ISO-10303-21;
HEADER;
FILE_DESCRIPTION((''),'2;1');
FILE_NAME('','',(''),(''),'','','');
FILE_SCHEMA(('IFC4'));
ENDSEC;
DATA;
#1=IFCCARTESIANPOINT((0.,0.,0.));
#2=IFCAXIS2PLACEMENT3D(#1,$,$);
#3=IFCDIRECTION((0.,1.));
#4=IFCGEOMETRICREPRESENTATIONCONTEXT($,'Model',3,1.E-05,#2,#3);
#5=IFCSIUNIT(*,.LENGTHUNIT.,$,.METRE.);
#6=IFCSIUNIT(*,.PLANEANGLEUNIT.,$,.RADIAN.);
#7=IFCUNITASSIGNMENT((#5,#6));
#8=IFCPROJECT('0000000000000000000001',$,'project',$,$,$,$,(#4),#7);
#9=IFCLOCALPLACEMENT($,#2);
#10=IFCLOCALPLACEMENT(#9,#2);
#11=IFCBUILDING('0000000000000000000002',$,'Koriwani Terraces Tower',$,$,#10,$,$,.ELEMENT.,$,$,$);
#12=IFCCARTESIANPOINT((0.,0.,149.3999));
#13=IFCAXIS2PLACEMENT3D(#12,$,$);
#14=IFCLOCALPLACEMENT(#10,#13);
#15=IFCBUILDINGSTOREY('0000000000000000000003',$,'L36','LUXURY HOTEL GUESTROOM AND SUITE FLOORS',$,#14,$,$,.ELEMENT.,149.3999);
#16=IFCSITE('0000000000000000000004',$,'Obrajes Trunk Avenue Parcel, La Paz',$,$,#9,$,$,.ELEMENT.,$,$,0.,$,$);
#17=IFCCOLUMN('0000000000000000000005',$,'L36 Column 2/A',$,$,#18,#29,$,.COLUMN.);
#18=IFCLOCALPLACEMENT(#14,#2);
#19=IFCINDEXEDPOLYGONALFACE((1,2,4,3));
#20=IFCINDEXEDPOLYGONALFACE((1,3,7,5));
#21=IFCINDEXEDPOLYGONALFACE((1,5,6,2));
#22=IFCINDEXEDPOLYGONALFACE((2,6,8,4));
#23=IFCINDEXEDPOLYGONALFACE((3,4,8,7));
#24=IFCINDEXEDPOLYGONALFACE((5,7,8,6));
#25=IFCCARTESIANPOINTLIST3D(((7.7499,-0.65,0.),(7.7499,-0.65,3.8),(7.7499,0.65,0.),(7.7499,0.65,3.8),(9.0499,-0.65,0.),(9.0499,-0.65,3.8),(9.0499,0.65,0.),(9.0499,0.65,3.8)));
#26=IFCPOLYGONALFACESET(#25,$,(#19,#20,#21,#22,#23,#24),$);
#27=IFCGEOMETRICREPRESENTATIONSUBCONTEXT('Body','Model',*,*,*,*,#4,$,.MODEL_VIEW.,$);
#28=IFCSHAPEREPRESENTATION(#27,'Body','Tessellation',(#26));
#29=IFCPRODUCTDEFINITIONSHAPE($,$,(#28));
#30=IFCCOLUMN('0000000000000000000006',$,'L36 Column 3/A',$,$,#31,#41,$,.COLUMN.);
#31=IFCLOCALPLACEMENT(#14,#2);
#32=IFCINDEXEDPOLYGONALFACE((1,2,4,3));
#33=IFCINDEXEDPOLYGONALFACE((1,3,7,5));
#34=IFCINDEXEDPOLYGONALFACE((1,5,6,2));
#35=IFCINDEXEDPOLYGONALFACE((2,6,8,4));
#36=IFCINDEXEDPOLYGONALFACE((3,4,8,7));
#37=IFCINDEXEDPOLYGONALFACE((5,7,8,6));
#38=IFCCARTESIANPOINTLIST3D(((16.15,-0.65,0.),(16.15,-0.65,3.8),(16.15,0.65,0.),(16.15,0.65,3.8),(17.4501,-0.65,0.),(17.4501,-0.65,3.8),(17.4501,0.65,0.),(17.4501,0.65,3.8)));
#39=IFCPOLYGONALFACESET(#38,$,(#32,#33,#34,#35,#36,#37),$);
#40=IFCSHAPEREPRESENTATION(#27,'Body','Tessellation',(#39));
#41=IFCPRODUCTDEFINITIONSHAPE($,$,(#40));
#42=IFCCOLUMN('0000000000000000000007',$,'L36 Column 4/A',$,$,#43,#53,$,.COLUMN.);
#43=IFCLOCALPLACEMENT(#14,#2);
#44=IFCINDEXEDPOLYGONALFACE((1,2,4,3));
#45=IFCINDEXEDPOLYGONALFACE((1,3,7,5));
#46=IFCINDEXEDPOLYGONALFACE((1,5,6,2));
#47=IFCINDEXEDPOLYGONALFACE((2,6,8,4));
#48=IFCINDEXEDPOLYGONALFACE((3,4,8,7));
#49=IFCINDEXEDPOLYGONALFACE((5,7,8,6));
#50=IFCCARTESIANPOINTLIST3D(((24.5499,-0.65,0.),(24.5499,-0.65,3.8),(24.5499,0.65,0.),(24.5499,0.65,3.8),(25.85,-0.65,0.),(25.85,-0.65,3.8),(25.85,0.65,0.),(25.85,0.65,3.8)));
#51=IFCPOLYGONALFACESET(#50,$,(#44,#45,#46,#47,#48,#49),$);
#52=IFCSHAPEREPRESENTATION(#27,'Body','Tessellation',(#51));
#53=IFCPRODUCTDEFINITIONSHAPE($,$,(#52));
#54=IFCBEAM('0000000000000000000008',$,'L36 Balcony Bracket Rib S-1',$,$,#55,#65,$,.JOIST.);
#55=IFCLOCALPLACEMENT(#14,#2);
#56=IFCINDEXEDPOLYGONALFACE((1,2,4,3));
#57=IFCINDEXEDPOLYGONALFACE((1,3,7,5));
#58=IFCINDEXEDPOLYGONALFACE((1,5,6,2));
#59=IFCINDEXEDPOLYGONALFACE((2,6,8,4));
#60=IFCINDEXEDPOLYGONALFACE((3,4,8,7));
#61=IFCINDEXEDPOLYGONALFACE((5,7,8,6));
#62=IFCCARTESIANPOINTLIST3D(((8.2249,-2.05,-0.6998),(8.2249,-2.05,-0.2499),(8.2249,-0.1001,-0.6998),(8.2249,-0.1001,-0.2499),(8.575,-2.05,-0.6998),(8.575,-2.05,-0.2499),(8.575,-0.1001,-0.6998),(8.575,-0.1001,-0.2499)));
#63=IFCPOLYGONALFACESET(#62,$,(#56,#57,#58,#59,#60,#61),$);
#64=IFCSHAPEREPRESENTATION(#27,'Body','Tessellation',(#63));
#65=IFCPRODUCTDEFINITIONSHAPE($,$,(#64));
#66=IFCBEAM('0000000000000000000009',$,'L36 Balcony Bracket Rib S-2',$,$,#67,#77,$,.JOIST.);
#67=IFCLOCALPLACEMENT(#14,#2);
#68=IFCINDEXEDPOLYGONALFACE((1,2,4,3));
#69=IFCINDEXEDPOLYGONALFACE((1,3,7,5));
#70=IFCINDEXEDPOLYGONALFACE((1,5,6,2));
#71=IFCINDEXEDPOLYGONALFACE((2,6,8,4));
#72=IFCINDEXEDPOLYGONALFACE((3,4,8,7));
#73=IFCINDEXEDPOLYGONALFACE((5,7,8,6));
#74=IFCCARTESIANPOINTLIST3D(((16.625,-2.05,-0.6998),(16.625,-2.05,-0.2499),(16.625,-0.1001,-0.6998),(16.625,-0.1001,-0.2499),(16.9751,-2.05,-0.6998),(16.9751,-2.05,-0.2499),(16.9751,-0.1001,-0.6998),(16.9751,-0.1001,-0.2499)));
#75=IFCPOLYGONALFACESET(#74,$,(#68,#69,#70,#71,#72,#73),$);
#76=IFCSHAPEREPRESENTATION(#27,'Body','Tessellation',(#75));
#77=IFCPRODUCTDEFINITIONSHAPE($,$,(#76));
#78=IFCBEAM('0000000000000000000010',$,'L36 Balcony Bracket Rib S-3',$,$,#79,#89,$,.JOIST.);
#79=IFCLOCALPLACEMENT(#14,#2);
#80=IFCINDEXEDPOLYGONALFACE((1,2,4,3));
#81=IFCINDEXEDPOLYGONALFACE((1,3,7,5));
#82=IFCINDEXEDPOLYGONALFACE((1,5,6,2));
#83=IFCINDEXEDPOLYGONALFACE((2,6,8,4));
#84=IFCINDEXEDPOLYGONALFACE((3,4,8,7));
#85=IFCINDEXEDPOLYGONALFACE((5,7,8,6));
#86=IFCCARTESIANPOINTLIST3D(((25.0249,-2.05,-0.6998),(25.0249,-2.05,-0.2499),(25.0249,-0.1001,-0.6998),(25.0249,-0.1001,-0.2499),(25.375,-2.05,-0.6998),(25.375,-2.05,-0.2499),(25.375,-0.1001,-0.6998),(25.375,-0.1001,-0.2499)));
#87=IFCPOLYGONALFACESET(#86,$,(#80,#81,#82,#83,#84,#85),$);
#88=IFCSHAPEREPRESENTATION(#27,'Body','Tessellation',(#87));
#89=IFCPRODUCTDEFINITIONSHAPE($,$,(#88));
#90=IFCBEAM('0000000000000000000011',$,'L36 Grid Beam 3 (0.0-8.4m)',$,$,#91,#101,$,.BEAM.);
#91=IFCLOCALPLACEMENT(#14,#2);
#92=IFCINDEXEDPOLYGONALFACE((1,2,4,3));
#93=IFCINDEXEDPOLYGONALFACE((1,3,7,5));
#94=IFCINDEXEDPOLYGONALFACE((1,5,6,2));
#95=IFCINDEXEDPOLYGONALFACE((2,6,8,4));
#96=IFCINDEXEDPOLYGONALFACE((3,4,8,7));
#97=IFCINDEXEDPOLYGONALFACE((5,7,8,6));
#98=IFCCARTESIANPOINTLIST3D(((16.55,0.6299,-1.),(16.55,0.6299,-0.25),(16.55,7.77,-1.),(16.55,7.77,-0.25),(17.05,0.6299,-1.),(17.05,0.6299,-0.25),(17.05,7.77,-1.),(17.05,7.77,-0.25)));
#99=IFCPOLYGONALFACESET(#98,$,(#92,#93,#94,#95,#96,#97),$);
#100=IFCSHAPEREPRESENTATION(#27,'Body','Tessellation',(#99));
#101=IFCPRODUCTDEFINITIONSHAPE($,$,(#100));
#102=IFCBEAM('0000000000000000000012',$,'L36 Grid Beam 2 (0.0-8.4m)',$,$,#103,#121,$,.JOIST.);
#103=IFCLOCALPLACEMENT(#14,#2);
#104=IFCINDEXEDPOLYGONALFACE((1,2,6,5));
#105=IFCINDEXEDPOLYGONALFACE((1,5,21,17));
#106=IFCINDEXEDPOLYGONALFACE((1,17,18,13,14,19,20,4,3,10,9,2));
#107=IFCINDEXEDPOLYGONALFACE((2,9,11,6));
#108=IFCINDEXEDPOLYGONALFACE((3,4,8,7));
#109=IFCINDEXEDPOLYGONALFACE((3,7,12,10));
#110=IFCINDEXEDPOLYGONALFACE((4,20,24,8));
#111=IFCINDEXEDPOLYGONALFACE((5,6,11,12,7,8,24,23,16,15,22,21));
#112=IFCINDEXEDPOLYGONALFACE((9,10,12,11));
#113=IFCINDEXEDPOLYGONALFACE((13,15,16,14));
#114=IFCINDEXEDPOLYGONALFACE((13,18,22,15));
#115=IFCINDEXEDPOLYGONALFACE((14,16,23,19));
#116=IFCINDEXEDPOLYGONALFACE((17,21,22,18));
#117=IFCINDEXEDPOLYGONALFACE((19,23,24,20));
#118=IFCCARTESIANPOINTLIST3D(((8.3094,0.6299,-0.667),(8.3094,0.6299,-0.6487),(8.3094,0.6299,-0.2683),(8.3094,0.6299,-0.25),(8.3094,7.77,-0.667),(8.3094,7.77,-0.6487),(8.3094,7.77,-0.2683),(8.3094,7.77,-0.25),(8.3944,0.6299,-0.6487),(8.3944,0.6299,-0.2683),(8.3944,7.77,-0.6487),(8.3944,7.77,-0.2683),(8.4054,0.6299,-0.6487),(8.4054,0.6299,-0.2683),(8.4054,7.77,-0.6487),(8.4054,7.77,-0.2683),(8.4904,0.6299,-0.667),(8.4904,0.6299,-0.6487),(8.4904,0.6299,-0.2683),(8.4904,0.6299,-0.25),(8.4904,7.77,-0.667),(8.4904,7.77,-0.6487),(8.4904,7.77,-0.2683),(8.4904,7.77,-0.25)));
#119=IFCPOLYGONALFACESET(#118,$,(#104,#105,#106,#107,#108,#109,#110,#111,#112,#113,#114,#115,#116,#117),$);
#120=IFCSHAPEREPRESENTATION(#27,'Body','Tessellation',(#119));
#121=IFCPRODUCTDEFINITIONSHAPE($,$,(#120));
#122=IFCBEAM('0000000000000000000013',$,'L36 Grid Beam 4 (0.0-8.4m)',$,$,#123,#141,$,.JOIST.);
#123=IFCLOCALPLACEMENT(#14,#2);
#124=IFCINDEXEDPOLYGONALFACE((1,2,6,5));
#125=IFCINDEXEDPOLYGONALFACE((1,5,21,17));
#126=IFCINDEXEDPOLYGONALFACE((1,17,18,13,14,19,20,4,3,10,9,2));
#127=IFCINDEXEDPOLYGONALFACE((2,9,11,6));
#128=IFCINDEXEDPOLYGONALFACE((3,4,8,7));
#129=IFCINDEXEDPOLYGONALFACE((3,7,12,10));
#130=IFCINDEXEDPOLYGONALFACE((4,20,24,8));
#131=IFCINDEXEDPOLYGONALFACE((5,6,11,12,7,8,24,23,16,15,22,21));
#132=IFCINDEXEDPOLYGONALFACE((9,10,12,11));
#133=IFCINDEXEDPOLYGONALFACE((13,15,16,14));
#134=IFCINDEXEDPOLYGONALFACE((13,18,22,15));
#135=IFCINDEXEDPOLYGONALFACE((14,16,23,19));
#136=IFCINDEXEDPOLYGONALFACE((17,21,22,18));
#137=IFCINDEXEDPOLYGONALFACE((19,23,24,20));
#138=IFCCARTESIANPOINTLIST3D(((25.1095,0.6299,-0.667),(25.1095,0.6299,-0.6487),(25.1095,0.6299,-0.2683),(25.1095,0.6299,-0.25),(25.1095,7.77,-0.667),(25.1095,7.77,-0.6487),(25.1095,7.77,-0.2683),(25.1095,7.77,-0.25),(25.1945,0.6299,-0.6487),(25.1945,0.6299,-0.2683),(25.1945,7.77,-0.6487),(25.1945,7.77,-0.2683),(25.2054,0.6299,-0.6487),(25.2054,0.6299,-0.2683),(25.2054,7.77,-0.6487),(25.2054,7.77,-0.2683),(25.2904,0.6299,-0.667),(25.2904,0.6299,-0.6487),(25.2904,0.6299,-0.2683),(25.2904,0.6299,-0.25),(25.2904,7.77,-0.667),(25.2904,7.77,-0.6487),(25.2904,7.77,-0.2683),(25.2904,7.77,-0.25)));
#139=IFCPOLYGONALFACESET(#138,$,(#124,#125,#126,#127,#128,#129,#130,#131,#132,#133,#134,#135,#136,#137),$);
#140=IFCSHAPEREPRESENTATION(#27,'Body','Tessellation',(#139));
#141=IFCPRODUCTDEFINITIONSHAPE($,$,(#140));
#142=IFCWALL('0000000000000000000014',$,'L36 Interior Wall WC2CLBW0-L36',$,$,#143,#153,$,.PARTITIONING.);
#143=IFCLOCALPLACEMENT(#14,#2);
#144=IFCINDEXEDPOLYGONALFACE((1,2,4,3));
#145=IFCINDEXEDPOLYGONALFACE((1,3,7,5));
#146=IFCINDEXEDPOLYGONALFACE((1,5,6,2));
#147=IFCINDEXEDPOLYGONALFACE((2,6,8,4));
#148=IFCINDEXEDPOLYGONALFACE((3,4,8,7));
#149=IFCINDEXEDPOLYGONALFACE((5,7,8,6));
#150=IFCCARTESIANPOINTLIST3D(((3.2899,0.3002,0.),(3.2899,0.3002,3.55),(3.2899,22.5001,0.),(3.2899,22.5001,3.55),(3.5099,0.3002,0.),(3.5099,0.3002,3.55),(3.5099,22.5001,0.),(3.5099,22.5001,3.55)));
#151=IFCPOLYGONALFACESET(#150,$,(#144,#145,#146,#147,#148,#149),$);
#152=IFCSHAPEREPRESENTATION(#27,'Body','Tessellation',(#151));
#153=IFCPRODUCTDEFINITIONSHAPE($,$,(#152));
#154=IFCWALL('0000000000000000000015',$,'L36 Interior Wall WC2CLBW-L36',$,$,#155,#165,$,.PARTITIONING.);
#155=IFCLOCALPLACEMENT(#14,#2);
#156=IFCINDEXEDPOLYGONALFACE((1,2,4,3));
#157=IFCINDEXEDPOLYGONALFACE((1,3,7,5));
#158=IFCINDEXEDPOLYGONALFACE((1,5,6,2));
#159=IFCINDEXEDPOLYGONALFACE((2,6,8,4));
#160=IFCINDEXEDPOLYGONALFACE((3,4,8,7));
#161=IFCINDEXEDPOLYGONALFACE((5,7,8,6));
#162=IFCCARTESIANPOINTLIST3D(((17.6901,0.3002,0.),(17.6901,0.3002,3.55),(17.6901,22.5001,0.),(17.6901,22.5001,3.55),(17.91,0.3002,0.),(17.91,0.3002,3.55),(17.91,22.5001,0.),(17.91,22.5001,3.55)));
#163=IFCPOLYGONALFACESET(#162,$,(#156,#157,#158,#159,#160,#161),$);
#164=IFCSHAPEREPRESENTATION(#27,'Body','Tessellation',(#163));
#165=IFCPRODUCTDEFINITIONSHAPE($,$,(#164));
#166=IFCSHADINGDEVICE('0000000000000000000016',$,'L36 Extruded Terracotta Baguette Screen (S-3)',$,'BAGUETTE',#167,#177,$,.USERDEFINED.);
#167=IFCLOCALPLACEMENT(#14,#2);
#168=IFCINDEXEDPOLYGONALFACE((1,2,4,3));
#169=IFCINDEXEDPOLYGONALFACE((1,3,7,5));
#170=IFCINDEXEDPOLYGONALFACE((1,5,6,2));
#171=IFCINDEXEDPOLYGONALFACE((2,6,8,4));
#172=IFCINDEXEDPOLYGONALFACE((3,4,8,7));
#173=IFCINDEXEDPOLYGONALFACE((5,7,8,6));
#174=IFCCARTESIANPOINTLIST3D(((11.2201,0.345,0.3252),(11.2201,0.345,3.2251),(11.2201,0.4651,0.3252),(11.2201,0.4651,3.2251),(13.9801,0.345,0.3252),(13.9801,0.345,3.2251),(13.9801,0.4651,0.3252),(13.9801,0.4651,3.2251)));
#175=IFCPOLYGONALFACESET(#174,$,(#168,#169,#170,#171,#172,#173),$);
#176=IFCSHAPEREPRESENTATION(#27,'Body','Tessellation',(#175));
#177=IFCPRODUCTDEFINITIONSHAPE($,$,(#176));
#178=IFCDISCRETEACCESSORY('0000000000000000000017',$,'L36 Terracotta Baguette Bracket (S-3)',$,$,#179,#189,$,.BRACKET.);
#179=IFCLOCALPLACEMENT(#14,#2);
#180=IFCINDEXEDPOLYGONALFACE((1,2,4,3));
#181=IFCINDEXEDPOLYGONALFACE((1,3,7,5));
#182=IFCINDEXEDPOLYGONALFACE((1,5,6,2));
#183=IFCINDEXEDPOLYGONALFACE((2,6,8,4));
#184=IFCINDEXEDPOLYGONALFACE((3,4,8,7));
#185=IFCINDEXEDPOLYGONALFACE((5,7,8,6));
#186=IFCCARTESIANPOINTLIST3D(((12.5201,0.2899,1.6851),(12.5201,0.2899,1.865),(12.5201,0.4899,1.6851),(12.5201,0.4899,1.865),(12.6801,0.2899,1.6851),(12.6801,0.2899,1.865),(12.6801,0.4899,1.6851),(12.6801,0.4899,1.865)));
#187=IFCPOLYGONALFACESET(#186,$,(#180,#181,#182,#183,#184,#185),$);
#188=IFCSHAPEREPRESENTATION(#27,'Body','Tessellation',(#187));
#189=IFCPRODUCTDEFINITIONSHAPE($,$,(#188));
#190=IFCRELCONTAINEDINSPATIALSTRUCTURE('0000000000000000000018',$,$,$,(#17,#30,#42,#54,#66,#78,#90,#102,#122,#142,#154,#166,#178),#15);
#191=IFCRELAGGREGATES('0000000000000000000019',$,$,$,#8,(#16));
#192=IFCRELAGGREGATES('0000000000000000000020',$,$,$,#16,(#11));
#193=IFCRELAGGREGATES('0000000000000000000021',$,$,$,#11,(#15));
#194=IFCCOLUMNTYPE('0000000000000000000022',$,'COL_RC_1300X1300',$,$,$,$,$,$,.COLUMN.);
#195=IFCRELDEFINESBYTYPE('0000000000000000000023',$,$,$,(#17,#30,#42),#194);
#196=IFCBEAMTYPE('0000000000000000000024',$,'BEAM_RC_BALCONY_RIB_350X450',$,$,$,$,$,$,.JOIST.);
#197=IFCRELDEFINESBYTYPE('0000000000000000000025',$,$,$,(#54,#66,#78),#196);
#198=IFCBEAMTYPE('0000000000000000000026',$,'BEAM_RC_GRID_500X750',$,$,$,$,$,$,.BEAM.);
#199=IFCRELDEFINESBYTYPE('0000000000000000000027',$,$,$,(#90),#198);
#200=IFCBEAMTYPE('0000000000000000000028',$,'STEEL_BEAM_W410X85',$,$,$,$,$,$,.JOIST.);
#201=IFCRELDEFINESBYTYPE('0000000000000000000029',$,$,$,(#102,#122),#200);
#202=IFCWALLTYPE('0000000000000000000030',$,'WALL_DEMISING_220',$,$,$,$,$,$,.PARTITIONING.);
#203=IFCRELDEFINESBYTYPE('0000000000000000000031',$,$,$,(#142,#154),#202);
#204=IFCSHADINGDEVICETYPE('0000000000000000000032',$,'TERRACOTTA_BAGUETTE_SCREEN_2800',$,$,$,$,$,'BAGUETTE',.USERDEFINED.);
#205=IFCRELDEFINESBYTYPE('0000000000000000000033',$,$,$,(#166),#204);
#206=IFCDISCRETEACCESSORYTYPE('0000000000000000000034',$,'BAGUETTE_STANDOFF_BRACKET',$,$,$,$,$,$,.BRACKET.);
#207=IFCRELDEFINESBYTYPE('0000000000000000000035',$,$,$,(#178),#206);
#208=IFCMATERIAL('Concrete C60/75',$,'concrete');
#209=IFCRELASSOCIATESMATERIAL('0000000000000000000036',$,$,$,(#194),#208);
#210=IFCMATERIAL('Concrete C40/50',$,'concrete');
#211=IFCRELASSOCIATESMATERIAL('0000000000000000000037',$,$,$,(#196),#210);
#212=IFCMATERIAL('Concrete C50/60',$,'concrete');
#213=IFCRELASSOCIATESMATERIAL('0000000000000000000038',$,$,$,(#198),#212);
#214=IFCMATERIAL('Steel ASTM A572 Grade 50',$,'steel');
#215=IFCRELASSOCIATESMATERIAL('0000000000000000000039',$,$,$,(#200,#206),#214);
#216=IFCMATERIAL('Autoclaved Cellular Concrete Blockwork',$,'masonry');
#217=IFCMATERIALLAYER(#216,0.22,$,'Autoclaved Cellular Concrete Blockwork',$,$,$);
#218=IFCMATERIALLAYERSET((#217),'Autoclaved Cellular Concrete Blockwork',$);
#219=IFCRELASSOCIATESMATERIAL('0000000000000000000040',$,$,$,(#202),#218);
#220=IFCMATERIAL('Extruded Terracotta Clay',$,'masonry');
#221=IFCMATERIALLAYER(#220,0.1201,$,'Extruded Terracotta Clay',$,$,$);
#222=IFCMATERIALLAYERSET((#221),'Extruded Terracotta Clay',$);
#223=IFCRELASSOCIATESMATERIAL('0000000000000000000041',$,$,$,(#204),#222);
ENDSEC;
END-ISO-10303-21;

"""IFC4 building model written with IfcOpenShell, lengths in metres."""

from ifc_helpers import new_model, si_unit, direction, frame, frame_2d, origin, origin_2d, place, context, subcontext, project, spatial, rectangle, i_section, extrude, material, layer, layer_set, material_profile, profile_set, type_object, element, save


model = new_model("IFC4")

# Units and contexts
model_context = context("Model", 3, precision=1e-05, world=origin(), true_north=direction((0.0, 1.0)))
body_context = subcontext(model_context, "Body", "Model", "MODEL_VIEW")
ifc_project = project(units=[si_unit("LENGTHUNIT", "METRE"), si_unit("PLANEANGLEUNIT", "RADIAN")], contexts=[model_context])

# Site, building, storey
site_placement = place(None, origin())
site = spatial("IfcSite", under=ifc_project, at=site_placement, Name="Obrajes Trunk Avenue Parcel, La Paz", CompositionType="ELEMENT", RefElevation=0.0)
building_placement = place(site_placement, origin())
building = spatial("IfcBuilding", under=site, at=building_placement, Name="Koriwani Terraces Tower", CompositionType="ELEMENT")
storey_placement = place(building_placement, frame((0.0, 0.0, 149.3999)))
storey = spatial("IfcBuildingStorey", under=building, at=storey_placement, Name="L36", Description="LUXURY HOTEL GUESTROOM AND SUITE FLOORS", CompositionType="ELEMENT", Elevation=149.3999)

# Columns
ifc_material_1 = material(Name="Concrete C60/75", Category="concrete")
ifc_material_profile_1 = material_profile(ifc_material_1, rectangle(XDim=1.3, YDim=1.3, at=origin_2d()), Name="Concrete C60/75", Category="LoadBearing")
ifc_profile_set_1 = profile_set([ifc_material_profile_1], Name="Concrete C60/75")
column_type = type_object("IfcColumnType", Name="COL_RC_1300X1300", PredefinedType="COLUMN", material=ifc_profile_set_1)
for number, where, z_axis, x_axis, name in (
    (1, (8.3999, 0.0, 0.0), (0.0, 0.0, 1.0), (1.0, 0.0, 0.0), "L36 Column 2/A"),
    (2, (16.8, 0.0, 0.0), (0.0, 0.0, 1.0), (1.0, 0.0, 0.0), "L36 Column 3/A"),
    (3, (25.2, 0.0, 0.0), (0.0, 0.0, 1.0), (1.0, 0.0, 0.0), "L36 Column 4/A"),
):
    element("IfcColumn", number, at=place(storey_placement, frame(where, z_axis=z_axis, x_axis=x_axis)), inside=storey, type_object=column_type, Name=name, PredefinedType="COLUMN", context=body_context, shape_type="SweptSolid", body=[
        extrude(rectangle(XDim=1.3, YDim=1.3, at=origin_2d()), origin(), (0.0, 0.0, 1.0), 3.8),
    ])

# Beams
ifc_material_2 = material(Name="Concrete C40/50", Category="concrete")
ifc_material_profile_2 = material_profile(ifc_material_2, rectangle(XDim=0.3501, YDim=0.45, at=origin_2d()), Name="Concrete C40/50", Category="LoadBearing")
ifc_profile_set_2 = profile_set([ifc_material_profile_2], Name="Concrete C40/50")
beam_type_1 = type_object("IfcBeamType", Name="BEAM_RC_BALCONY_RIB_350X450", PredefinedType="JOIST", material=ifc_profile_set_2)
for number, where, z_axis, x_axis, name in (
    (4, (8.3999, -2.05, -0.4749), (0.0, 1.0, 0.0), (-1.0, 0.0, 0.0), "L36 Balcony Bracket Rib S-1"),
    (5, (16.8, -2.05, -0.4749), (0.0, 1.0, 0.0), (-1.0, 0.0, 0.0), "L36 Balcony Bracket Rib S-2"),
    (6, (25.2, -2.05, -0.4749), (0.0, 1.0, 0.0), (-1.0, 0.0, 0.0), "L36 Balcony Bracket Rib S-3"),
):
    element("IfcBeam", number, at=place(storey_placement, frame(where, z_axis=z_axis, x_axis=x_axis)), inside=storey, type_object=beam_type_1, Name=name, PredefinedType="JOIST", context=body_context, shape_type="SweptSolid", body=[
        extrude(rectangle(XDim=0.3501, YDim=0.45, at=origin_2d()), origin(), (0.0, 0.0, 1.0), 1.95),
    ])
ifc_material_3 = material(Name="Concrete C50/60", Category="concrete")
ifc_material_profile_3 = material_profile(ifc_material_3, rectangle(XDim=0.5, YDim=0.75, at=origin_2d()), Name="Concrete C50/60", Category="LoadBearing")
ifc_profile_set_3 = profile_set([ifc_material_profile_3], Name="Concrete C50/60")
beam_type_2 = type_object("IfcBeamType", Name="BEAM_RC_GRID_500X750", PredefinedType="BEAM", material=ifc_profile_set_3)
beam_placement = place(storey_placement, frame((16.8, 0.6299, -0.625), z_axis=(0.0, 1.0, 0.0), x_axis=(-1.0, 0.0, 0.0)))
element("IfcBeam", 7, at=beam_placement, inside=storey, type_object=beam_type_2, Name="L36 Grid Beam 3 (0.0-8.4m)", PredefinedType="BEAM", context=body_context, shape_type="SweptSolid", body=[
    extrude(rectangle(XDim=0.5, YDim=0.75, at=origin_2d()), origin(), (0.0, 0.0, 1.0), 7.1401),
])
ifc_material_4 = material(Name="Steel ASTM A572 Grade 50", Category="steel")
ifc_material_profile_4 = material_profile(ifc_material_4, i_section(OverallWidth=0.1809, OverallDepth=0.417, WebThickness=0.011, FlangeThickness=0.0183, at=origin_2d()), Name="Steel ASTM A572 Grade 50", Category="LoadBearing")
ifc_profile_set_4 = profile_set([ifc_material_profile_4], Name="Steel ASTM A572 Grade 50")
beam_type_3 = type_object("IfcBeamType", Name="STEEL_BEAM_W410X85", PredefinedType="JOIST", material=ifc_profile_set_4)
for number, where, z_axis, x_axis, name in (
    (8, (8.3999, 0.6299, -0.4585), (0.0, 1.0, 0.0), (-1.0, 0.0, 0.0), "L36 Grid Beam 2 (0.0-8.4m)"),
    (9, (25.2, 0.6299, -0.4585), (0.0, 1.0, 0.0), (-1.0, 0.0, 0.0), "L36 Grid Beam 4 (0.0-8.4m)"),
):
    element("IfcBeam", number, at=place(storey_placement, frame(where, z_axis=z_axis, x_axis=x_axis)), inside=storey, type_object=beam_type_3, Name=name, PredefinedType="JOIST", context=body_context, shape_type="SweptSolid", body=[
        extrude(i_section(OverallWidth=0.1809, OverallDepth=0.417, WebThickness=0.011, FlangeThickness=0.0183, at=origin_2d()), origin(), (0.0, 0.0, 1.0), 7.1401),
    ])

# Walls
ifc_material_5 = material(Name="Autoclaved Cellular Concrete Blockwork", Category="masonry")
ifc_layer_1 = layer(ifc_material_5, 0.22, Name="Autoclaved Cellular Concrete Blockwork")
ifc_layer_set_1 = layer_set([ifc_layer_1], Name="Autoclaved Cellular Concrete Blockwork")
wall_type = type_object("IfcWallType", Name="WALL_DEMISING_220", PredefinedType="PARTITIONING", material=ifc_layer_set_1)
for number, where, z_axis, x_axis, name in (
    (10, (3.3999, 0.3, 0.0), (0.0, 0.0, 1.0), (0.0, 1.0, 0.0), "L36 Interior Wall WC2CLBW0-L36"),
    (11, (17.8, 0.3, 0.0), (0.0, 0.0, 1.0), (0.0, 1.0, 0.0), "L36 Interior Wall WC2CLBW-L36"),
):
    element("IfcWall", number, at=place(storey_placement, frame(where, z_axis=z_axis, x_axis=x_axis)), inside=storey, type_object=wall_type, Name=name, PredefinedType="PARTITIONING", context=body_context, shape_type="SweptSolid", body=[
        extrude(rectangle(XDim=22.2, YDim=0.22, at=frame_2d((11.1001, 0.0))), origin(), (0.0, 0.0, 1.0), 3.55),
    ])

# Shading device
ifc_material_6 = material(Name="Extruded Terracotta Clay", Category="masonry")
ifc_layer_2 = layer(ifc_material_6, 0.1201, Name="Extruded Terracotta Clay")
ifc_layer_set_2 = layer_set([ifc_layer_2], Name="Extruded Terracotta Clay")
shading_device_type = type_object("IfcShadingDeviceType", Name="TERRACOTTA_BAGUETTE_SCREEN_2800", ElementType="BAGUETTE", PredefinedType="USERDEFINED", material=ifc_layer_set_2)
shading_device_placement = place(storey_placement, frame((12.6001, 0.405, 0.3252), z_axis=(0.0, 0.0, 1.0), x_axis=(-1.0, 0.0, 0.0)))
element("IfcShadingDevice", 12, at=shading_device_placement, inside=storey, type_object=shading_device_type, Name="L36 Extruded Terracotta Baguette Screen (S-3)", ObjectType="BAGUETTE", PredefinedType="USERDEFINED", context=body_context, shape_type="SweptSolid", body=[
    extrude(rectangle(XDim=2.76, YDim=0.1201, at=origin_2d()), origin(), (0.0, 0.0, 1.0), 2.8999),
])

# Discrete accessory
discrete_accessory_type = type_object("IfcDiscreteAccessoryType", Name="BAGUETTE_STANDOFF_BRACKET", PredefinedType="BRACKET", material=ifc_material_4)
discrete_accessory_placement = place(storey_placement, frame((12.6001, 0.3899, 1.6851), z_axis=(0.0, 0.0, 1.0), x_axis=(-1.0, 0.0, 0.0)))
element("IfcDiscreteAccessory", 13, at=discrete_accessory_placement, inside=storey, type_object=discrete_accessory_type, Name="L36 Terracotta Baguette Bracket (S-3)", PredefinedType="BRACKET", context=body_context, shape_type="SweptSolid", body=[
    extrude(rectangle(XDim=0.1599, YDim=0.2, at=origin_2d()), origin(), (0.0, 0.0, 1.0), 0.1799),
])

save(model, "model.ifc")
